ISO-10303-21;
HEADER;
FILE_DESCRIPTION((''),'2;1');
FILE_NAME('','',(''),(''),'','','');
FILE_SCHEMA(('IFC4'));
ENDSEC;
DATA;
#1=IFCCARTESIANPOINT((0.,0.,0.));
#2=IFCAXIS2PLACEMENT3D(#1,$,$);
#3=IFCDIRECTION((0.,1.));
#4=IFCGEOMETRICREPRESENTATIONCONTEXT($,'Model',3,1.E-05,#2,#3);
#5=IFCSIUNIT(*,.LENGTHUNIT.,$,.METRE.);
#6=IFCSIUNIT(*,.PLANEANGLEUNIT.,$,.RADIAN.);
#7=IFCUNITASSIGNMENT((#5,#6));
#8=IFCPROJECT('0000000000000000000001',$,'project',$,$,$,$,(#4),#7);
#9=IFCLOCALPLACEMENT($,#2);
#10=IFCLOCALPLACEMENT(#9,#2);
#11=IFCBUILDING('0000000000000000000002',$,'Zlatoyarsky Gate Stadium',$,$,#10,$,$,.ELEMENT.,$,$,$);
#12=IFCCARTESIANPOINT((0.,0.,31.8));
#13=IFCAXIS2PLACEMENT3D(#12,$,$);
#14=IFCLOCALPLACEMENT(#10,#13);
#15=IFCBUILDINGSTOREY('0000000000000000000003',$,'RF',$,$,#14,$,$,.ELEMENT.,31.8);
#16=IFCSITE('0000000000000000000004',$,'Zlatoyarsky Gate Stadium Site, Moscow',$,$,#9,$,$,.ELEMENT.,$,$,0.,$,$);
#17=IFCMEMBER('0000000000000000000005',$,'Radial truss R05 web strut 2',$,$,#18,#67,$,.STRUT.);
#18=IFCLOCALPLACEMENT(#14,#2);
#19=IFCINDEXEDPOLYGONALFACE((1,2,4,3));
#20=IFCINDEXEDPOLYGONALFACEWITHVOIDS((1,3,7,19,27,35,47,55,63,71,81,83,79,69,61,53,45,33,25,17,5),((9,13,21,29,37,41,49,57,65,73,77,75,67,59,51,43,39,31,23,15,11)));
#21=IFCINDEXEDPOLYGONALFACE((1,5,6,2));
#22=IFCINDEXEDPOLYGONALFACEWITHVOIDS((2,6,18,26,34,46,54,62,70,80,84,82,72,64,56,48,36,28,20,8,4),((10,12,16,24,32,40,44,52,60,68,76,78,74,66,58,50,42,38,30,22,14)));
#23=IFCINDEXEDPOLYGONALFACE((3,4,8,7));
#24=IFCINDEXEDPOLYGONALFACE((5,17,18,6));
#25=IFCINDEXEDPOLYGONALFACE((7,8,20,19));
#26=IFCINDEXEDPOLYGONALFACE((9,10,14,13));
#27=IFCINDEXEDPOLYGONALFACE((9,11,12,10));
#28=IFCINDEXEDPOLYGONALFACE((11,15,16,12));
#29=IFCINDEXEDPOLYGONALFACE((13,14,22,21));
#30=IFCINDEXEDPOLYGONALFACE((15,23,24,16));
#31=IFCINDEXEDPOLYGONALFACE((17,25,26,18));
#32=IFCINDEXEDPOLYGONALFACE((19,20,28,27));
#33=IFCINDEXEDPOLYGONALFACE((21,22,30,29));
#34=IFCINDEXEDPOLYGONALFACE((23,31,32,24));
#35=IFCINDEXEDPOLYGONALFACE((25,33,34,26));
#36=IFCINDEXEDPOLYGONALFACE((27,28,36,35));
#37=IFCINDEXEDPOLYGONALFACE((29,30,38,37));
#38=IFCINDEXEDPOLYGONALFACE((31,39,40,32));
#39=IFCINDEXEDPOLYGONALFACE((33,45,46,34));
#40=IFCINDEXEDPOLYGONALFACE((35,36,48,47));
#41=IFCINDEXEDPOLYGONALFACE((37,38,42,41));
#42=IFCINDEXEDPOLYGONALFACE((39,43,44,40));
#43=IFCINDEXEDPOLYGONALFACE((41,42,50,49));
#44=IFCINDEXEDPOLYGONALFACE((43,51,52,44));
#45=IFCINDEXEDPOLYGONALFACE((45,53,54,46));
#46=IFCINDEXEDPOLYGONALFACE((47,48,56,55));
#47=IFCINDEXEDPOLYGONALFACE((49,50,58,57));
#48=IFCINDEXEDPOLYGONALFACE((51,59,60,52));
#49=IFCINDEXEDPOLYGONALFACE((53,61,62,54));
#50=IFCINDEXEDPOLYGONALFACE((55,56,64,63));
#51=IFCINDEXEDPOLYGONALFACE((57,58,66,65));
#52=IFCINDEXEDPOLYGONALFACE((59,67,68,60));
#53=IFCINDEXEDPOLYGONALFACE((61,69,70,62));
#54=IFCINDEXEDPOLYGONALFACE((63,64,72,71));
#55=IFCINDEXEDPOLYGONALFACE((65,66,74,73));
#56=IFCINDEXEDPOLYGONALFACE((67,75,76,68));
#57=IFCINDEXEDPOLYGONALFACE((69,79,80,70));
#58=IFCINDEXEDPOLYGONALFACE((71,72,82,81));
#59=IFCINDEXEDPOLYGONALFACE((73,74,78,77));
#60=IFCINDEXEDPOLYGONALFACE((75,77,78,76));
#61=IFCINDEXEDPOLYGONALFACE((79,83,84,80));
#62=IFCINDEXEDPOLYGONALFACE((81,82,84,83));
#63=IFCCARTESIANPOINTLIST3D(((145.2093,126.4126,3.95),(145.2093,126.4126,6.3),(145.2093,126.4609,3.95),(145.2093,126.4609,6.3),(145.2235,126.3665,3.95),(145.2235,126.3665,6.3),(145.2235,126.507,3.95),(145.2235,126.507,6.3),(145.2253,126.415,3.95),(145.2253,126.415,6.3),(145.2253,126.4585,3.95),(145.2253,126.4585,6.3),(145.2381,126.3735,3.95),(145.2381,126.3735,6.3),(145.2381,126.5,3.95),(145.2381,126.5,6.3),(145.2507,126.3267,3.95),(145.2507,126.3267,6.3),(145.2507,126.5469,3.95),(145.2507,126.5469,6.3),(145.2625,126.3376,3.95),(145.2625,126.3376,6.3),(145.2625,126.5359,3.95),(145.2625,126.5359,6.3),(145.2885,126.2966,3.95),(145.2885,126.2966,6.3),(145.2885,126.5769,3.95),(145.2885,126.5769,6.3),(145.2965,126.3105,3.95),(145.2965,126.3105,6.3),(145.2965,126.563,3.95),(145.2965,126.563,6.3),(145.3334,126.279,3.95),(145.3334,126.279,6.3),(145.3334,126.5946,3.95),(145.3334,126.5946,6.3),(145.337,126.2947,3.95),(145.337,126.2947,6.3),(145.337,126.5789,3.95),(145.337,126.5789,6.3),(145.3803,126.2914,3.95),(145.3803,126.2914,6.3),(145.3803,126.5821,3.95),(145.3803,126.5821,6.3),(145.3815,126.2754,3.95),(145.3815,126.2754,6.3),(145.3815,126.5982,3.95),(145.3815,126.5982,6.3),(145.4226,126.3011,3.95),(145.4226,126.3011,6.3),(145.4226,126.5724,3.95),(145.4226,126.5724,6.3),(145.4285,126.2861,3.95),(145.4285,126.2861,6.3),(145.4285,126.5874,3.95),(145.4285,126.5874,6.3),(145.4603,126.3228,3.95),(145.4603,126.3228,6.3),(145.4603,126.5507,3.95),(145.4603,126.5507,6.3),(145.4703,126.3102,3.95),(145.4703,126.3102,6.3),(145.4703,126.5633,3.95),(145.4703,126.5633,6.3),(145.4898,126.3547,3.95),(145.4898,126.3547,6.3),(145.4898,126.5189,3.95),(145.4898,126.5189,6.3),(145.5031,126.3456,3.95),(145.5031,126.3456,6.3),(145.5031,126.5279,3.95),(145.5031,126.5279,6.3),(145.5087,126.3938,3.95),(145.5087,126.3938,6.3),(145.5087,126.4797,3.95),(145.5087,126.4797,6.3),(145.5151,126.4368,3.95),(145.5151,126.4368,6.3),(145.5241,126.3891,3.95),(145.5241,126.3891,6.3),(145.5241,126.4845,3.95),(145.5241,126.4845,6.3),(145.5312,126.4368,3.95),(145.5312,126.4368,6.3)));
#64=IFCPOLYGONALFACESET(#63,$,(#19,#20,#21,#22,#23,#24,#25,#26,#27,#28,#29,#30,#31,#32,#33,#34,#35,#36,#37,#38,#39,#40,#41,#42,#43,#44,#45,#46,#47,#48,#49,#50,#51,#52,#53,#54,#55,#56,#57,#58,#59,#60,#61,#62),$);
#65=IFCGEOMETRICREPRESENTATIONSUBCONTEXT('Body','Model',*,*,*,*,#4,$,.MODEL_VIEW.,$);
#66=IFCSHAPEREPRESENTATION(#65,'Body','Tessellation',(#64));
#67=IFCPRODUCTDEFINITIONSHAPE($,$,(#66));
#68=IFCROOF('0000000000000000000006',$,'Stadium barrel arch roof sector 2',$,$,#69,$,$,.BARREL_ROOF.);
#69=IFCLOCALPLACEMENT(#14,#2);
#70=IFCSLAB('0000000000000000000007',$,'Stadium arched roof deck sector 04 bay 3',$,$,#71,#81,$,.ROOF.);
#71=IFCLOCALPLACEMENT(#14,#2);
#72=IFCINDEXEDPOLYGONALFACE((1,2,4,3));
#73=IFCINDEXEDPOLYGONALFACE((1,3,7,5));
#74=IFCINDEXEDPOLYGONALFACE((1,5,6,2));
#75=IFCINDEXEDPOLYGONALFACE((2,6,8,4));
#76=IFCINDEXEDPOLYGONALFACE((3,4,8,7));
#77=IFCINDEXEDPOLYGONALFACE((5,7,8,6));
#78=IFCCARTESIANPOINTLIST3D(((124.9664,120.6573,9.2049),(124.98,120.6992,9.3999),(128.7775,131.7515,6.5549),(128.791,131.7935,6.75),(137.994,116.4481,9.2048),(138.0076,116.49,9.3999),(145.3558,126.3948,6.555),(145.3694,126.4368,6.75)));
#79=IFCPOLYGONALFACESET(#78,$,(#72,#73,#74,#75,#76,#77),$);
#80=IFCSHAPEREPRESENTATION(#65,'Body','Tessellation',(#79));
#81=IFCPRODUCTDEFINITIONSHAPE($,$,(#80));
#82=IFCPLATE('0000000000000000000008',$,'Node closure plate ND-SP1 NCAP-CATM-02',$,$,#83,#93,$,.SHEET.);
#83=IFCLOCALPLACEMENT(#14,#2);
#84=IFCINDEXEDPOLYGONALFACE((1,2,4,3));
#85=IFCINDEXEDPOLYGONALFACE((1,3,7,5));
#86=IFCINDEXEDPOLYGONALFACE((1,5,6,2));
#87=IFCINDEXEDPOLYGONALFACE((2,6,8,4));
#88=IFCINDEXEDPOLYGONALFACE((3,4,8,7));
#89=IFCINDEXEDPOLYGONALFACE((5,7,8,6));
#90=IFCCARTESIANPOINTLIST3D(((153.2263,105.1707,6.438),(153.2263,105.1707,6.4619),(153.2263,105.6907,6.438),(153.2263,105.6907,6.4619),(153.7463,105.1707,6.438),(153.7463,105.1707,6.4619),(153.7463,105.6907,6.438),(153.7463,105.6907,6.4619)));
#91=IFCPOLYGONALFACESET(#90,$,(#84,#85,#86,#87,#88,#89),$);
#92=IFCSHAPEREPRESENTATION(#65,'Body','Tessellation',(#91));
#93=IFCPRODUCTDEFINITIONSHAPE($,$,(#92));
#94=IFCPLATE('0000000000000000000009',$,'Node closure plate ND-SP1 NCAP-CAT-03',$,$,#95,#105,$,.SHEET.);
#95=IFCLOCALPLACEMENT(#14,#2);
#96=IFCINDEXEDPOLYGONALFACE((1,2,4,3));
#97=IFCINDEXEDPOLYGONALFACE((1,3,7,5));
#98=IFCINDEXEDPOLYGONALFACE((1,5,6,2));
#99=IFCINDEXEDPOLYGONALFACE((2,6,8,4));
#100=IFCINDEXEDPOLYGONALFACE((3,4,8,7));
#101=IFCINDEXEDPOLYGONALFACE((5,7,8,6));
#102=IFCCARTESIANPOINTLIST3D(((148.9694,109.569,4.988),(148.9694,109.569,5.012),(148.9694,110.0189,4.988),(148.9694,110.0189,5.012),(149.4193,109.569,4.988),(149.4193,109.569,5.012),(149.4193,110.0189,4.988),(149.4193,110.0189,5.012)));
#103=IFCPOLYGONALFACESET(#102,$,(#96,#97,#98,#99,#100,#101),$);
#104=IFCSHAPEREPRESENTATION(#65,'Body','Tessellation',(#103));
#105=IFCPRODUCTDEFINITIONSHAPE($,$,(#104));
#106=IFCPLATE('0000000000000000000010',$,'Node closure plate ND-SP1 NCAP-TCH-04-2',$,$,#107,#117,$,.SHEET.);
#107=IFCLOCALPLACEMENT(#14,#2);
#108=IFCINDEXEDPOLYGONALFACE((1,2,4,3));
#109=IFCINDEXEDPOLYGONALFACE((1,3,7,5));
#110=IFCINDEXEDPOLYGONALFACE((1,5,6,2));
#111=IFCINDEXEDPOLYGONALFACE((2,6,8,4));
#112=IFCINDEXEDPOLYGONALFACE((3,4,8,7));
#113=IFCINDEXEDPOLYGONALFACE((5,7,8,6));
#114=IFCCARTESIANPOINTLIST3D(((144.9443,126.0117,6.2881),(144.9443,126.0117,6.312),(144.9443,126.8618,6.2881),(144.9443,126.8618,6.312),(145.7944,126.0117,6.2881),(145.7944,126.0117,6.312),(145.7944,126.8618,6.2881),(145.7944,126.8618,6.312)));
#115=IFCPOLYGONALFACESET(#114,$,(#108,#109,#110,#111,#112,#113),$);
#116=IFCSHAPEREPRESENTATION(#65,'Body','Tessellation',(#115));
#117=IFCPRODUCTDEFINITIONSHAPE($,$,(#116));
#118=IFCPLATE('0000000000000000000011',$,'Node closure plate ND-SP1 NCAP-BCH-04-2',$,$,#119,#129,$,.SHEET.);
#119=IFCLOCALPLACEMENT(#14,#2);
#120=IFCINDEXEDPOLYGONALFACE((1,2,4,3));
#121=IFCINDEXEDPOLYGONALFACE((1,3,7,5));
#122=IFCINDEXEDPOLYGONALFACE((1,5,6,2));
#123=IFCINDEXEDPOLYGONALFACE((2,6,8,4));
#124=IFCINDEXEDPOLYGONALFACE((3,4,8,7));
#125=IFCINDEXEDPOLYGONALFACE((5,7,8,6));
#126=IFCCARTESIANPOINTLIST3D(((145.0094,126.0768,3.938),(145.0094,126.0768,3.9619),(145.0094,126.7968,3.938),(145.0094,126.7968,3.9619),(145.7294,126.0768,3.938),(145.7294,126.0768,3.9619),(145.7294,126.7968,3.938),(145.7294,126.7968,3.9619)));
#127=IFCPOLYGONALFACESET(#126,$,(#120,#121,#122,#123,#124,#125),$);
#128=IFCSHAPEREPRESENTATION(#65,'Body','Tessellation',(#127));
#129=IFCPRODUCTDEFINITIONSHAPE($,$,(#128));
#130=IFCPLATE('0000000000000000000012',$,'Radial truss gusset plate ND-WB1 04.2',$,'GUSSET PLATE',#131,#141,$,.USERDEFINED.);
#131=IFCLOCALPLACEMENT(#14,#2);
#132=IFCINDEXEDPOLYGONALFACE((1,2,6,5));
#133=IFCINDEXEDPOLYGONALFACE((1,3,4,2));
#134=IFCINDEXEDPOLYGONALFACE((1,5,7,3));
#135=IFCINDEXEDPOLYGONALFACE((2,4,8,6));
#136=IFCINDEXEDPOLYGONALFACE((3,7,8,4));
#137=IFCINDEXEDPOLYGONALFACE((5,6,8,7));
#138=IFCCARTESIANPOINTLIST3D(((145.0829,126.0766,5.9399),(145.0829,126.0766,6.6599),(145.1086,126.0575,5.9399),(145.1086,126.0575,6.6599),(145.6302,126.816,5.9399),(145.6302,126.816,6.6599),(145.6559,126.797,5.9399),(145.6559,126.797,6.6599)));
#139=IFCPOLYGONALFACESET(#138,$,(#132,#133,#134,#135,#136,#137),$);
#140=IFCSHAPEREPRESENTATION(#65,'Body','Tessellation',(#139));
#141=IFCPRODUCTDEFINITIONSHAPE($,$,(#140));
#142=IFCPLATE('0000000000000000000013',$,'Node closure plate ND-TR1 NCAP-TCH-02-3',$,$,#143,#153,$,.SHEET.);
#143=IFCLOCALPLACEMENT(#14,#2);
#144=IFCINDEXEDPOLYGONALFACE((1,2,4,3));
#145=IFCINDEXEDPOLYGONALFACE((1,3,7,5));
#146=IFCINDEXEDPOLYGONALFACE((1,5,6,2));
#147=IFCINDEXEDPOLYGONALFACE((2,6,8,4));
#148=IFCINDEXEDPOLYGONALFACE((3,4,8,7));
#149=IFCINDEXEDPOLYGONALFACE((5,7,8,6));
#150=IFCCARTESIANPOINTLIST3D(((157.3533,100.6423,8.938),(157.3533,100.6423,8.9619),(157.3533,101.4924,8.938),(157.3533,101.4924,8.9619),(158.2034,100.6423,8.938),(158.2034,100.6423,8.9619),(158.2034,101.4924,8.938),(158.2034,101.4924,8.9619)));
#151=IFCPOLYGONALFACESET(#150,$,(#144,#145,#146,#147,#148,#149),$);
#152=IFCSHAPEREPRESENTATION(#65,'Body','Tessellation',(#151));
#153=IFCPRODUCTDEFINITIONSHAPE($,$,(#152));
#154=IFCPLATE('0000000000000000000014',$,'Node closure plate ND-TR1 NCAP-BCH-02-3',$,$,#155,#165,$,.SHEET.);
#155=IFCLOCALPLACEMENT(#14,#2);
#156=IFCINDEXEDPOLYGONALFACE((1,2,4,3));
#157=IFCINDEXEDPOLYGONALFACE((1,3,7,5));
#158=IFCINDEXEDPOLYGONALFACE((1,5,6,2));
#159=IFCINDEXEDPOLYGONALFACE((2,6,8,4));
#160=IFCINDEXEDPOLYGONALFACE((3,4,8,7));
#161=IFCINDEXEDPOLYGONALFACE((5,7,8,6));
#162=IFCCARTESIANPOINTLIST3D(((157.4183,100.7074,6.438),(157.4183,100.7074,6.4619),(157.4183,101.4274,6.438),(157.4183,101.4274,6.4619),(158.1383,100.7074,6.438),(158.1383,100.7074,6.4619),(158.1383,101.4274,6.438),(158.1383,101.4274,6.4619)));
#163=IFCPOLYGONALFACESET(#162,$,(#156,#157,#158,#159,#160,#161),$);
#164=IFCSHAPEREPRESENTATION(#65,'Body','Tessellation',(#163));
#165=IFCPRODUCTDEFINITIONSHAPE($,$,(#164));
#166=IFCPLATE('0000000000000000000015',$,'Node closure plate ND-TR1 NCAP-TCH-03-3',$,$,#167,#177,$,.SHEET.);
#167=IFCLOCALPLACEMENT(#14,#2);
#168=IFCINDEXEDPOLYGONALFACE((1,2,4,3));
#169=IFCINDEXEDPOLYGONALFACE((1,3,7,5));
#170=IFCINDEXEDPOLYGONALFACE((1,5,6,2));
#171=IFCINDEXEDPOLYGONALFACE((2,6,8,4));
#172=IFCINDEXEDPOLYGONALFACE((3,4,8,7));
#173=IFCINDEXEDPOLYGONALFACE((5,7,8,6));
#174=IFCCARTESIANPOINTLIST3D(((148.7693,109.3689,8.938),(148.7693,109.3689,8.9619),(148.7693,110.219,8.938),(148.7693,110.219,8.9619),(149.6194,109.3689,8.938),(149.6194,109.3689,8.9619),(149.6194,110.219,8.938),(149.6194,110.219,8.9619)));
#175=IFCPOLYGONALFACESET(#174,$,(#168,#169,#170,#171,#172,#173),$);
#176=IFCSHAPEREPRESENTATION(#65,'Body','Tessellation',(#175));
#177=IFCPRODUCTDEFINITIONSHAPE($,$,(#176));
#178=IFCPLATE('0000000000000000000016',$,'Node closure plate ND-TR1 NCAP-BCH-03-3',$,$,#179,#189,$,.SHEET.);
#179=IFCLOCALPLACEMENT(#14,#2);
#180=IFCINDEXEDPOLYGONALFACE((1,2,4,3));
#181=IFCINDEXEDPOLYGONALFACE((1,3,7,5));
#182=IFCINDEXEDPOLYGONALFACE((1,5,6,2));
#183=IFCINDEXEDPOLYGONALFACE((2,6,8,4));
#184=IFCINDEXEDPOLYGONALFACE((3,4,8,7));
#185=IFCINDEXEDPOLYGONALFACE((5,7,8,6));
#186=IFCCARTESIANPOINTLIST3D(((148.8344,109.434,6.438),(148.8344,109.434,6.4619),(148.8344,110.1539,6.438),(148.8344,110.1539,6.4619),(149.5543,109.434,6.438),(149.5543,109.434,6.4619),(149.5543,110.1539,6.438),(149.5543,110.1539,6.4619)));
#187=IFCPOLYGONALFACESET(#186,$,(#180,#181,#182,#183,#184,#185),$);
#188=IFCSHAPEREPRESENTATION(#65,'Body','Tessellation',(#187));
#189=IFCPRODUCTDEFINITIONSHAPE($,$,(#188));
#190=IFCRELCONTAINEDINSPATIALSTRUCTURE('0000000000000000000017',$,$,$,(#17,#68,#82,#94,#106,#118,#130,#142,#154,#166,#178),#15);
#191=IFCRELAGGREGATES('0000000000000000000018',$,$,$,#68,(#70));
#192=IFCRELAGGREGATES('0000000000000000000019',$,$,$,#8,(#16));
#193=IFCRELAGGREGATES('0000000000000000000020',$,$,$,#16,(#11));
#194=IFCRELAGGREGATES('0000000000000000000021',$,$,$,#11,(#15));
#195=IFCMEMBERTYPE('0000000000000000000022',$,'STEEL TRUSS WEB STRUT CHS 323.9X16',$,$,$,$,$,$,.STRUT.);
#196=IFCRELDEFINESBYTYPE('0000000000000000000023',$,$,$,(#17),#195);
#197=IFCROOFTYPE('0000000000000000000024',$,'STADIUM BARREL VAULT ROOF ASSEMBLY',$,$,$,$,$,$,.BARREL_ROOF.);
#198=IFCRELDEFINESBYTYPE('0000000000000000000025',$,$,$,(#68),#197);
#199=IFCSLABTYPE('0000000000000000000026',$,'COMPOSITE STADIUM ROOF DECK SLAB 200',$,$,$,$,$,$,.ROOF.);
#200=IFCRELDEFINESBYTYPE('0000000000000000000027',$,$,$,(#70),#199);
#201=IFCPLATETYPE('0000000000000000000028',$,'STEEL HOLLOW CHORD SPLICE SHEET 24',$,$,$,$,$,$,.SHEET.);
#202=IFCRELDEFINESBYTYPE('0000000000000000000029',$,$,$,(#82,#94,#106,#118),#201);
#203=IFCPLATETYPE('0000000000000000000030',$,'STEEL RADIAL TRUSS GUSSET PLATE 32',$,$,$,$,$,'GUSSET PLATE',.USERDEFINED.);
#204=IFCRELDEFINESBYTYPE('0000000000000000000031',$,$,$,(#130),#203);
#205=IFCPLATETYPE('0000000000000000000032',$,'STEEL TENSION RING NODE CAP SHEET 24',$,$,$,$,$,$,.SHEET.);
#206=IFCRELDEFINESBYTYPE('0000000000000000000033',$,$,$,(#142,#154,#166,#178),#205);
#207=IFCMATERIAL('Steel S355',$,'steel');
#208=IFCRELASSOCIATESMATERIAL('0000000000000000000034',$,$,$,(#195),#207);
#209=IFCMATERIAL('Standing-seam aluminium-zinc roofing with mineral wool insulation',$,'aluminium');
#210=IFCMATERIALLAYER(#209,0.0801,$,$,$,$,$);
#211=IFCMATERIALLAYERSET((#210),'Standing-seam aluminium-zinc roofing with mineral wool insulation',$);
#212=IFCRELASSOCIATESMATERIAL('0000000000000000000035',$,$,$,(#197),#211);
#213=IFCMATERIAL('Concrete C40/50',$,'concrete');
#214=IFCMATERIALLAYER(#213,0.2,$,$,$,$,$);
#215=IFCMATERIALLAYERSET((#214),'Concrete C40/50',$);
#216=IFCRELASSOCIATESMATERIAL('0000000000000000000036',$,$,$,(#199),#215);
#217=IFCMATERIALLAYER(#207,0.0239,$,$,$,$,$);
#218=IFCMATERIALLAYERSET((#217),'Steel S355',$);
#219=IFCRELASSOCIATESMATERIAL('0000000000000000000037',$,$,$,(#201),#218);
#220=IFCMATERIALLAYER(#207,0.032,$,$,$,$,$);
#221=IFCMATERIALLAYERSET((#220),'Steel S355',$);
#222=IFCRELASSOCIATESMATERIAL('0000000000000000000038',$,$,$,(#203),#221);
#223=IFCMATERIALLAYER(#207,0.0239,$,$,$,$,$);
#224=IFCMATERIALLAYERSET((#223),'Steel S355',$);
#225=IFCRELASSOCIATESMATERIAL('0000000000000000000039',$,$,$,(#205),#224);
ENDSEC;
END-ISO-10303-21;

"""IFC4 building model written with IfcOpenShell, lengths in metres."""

from ifc_helpers import new_model, si_unit, direction, frame, origin, origin_2d, place, context, subcontext, project, spatial, polyline, rectangle, hollow_circle, outline, extrude, material, layer, layer_set, material_profile, profile_set, type_object, element, aggregate, save


model = new_model("IFC4")

# Units and contexts
model_context = context("Model", 3, precision=1e-05, world=origin(), true_north=direction((0.0, 1.0)))
body_context = subcontext(model_context, "Body", "Model", "MODEL_VIEW")
ifc_project = project(units=[si_unit("LENGTHUNIT", "METRE"), si_unit("PLANEANGLEUNIT", "RADIAN")], contexts=[model_context])

# Site, building, storey
site_placement = place(None, origin())
site = spatial("IfcSite", under=ifc_project, at=site_placement, Name="Zlatoyarsky Gate Stadium Site, Moscow", CompositionType="ELEMENT", RefElevation=0.0)
building_placement = place(site_placement, origin())
building = spatial("IfcBuilding", under=site, at=building_placement, Name="Zlatoyarsky Gate Stadium", CompositionType="ELEMENT")
storey_placement = place(building_placement, frame((0.0, 0.0, 31.8)))
storey = spatial("IfcBuildingStorey", under=building, at=storey_placement, Name="RF", CompositionType="ELEMENT", Elevation=31.8)

# Shared definitions
ifc_material_1 = material(Name="Steel S355", Category="steel")

# Member
ifc_material_profile_1 = material_profile(ifc_material_1, hollow_circle(Radius=0.1619, WallThickness=0.0161, at=origin_2d()), Name="CHS 323.9X16")
ifc_profile_set_1 = profile_set([ifc_material_profile_1], Name="Steel S355")
member_type_1 = type_object("IfcMemberType", Name="STEEL TRUSS WEB STRUT CHS 323.9X16", PredefinedType="STRUT", material=ifc_profile_set_1)
member_1_placement = place(storey_placement, frame((145.3694, 126.4368, 3.95), z_axis=(0.0, 0.0, 1.0), x_axis=(1.0, 0.0, 0.0)))
element("IfcMember", 1, at=member_1_placement, inside=storey, type_object=member_type_1, Name="Radial truss R05 web strut 2", PredefinedType="STRUT", context=body_context, shape_type="SweptSolid", body=[
    extrude(hollow_circle(Radius=0.1619, WallThickness=0.0161, at=origin_2d()), origin(), (0.0, 0.0, 1.0), 2.3501),
])

# Roof, slab
ifc_material_2 = material(Name="Standing-seam aluminium-zinc roofing with mineral wool insulation", Category="aluminium")
ifc_layer_1 = layer(ifc_material_2, 0.0801)
ifc_layer_set_1 = layer_set([ifc_layer_1], Name="Standing-seam aluminium-zinc roofing with mineral wool insulation")
roof_type = type_object("IfcRoofType", Name="STADIUM BARREL VAULT ROOF ASSEMBLY", PredefinedType="BARREL_ROOF", material=ifc_layer_set_1)
roof_placement = place(storey_placement, origin())
roof = element("IfcRoof", 2, at=roof_placement, inside=storey, type_object=roof_type, Name="Stadium barrel arch roof sector 2", PredefinedType="BARREL_ROOF")
ifc_material_3 = material(Name="Concrete C40/50", Category="concrete")
ifc_layer_2 = layer(ifc_material_3, 0.2)
ifc_layer_set_2 = layer_set([ifc_layer_2], Name="Concrete C40/50")
slab_type = type_object("IfcSlabType", Name="COMPOSITE STADIUM ROOF DECK SLAB 200", PredefinedType="ROOF", material=ifc_layer_set_2)
slab_placement = place(storey_placement, frame((145.3694, 126.4368, 6.75), z_axis=(0.067758, 0.209707, 0.975414), x_axis=(-0.951561, 0.307461, -0.000001)))
slab = element("IfcSlab", 3, at=slab_placement, type_object=slab_type, Name="Stadium arched roof deck sector 04 bay 3", PredefinedType="ROOF", context=body_context, shape_type="SweptSolid", body=[
    extrude(outline(polyline([(0.0, 0.0), (17.4223, 0.0), (17.6377, 12.0242), (3.947, 12.0241), (0.0, 0.0)])), origin(), (0.0, 0.0, -1.0), 0.2),
])
aggregate(roof, [slab])

# Plates
ifc_layer_3 = layer(ifc_material_1, 0.0239)
ifc_layer_set_3 = layer_set([ifc_layer_3], Name="Steel S355")
plate_type_1 = type_object("IfcPlateType", Name="STEEL HOLLOW CHORD SPLICE SHEET 24", PredefinedType="SHEET", material=ifc_layer_set_3)
plate_1_placement = place(storey_placement, frame((153.4863, 105.4307, 6.438), z_axis=(0.0, 0.0, 1.0), x_axis=(1.0, 0.0, 0.0)))
element("IfcPlate", 4, at=plate_1_placement, inside=storey, type_object=plate_type_1, Name="Node closure plate ND-SP1 NCAP-CATM-02", PredefinedType="SHEET", context=body_context, shape_type="SweptSolid", body=[
    extrude(rectangle(XDim=0.52, YDim=0.52, at=origin_2d()), origin(), (0.0, 0.0, 1.0), 0.0239),
])
plate_2_placement = place(storey_placement, frame((149.1943, 109.7939, 4.988), z_axis=(0.0, 0.0, 1.0), x_axis=(1.0, 0.0, 0.0)))
element("IfcPlate", 5, at=plate_2_placement, inside=storey, type_object=plate_type_1, Name="Node closure plate ND-SP1 NCAP-CAT-03", PredefinedType="SHEET", context=body_context, shape_type="SweptSolid", body=[
    extrude(rectangle(XDim=0.45, YDim=0.45, at=origin_2d()), origin(), (0.0, 0.0, 1.0), 0.0239),
])
plate_3_placement = place(storey_placement, frame((145.3694, 126.4368, 6.2881), z_axis=(0.0, 0.0, 1.0), x_axis=(1.0, 0.0, 0.0)))
element("IfcPlate", 6, at=plate_3_placement, inside=storey, type_object=plate_type_1, Name="Node closure plate ND-SP1 NCAP-TCH-04-2", PredefinedType="SHEET", context=body_context, shape_type="SweptSolid", body=[
    extrude(rectangle(XDim=0.8501, YDim=0.8501, at=origin_2d()), origin(), (0.0, 0.0, 1.0), 0.0239),
])
plate_4_placement = place(storey_placement, frame((145.3694, 126.4368, 3.938), z_axis=(0.0, 0.0, 1.0), x_axis=(1.0, 0.0, 0.0)))
element("IfcPlate", 7, at=plate_4_placement, inside=storey, type_object=plate_type_1, Name="Node closure plate ND-SP1 NCAP-BCH-04-2", PredefinedType="SHEET", context=body_context, shape_type="SweptSolid", body=[
    extrude(rectangle(XDim=0.72, YDim=0.72, at=origin_2d()), origin(), (0.0, 0.0, 1.0), 0.0239),
])
ifc_layer_4 = layer(ifc_material_1, 0.032)
ifc_layer_set_4 = layer_set([ifc_layer_4], Name="Steel S355")
plate_type_2 = type_object("IfcPlateType", Name="STEEL RADIAL TRUSS GUSSET PLATE 32", ElementType="GUSSET PLATE", PredefinedType="USERDEFINED", material=ifc_layer_set_4)
plate_5_placement = place(storey_placement, frame((145.3694, 126.4368, 5.9399), z_axis=(0.0, 0.0, 1.0), x_axis=(-0.594913, -0.80379, 0.0)))
element("IfcPlate", 8, at=plate_5_placement, inside=storey, type_object=plate_type_2, Name="Radial truss gusset plate ND-WB1 04.2", ObjectType="GUSSET PLATE", PredefinedType="USERDEFINED", context=body_context, shape_type="SweptSolid", body=[
    extrude(rectangle(XDim=0.9199, YDim=0.032, at=origin_2d()), origin(), (0.0, 0.0, 1.0), 0.72),
])
ifc_layer_5 = layer(ifc_material_1, 0.0239)
ifc_layer_set_5 = layer_set([ifc_layer_5], Name="Steel S355")
plate_type_3 = type_object("IfcPlateType", Name="STEEL TENSION RING NODE CAP SHEET 24", PredefinedType="SHEET", material=ifc_layer_set_5)
plate_6_placement = place(storey_placement, frame((157.7783, 101.0674, 8.938), z_axis=(0.0, 0.0, 1.0), x_axis=(1.0, 0.0, 0.0)))
element("IfcPlate", 9, at=plate_6_placement, inside=storey, type_object=plate_type_3, Name="Node closure plate ND-TR1 NCAP-TCH-02-3", PredefinedType="SHEET", context=body_context, shape_type="SweptSolid", body=[
    extrude(rectangle(XDim=0.8501, YDim=0.8501, at=origin_2d()), origin(), (0.0, 0.0, 1.0), 0.0239),
])
plate_7_placement = place(storey_placement, frame((157.7783, 101.0674, 6.438), z_axis=(0.0, 0.0, 1.0), x_axis=(1.0, 0.0, 0.0)))
element("IfcPlate", 10, at=plate_7_placement, inside=storey, type_object=plate_type_3, Name="Node closure plate ND-TR1 NCAP-BCH-02-3", PredefinedType="SHEET", context=body_context, shape_type="SweptSolid", body=[
    extrude(rectangle(XDim=0.72, YDim=0.72, at=origin_2d()), origin(), (0.0, 0.0, 1.0), 0.0239),
])
plate_8_placement = place(storey_placement, frame((149.1943, 109.7939, 8.938), z_axis=(0.0, 0.0, 1.0), x_axis=(1.0, 0.0, 0.0)))
element("IfcPlate", 11, at=plate_8_placement, inside=storey, type_object=plate_type_3, Name="Node closure plate ND-TR1 NCAP-TCH-03-3", PredefinedType="SHEET", context=body_context, shape_type="SweptSolid", body=[
    extrude(rectangle(XDim=0.8501, YDim=0.8501, at=origin_2d()), origin(), (0.0, 0.0, 1.0), 0.0239),
])
plate_9_placement = place(storey_placement, frame((149.1943, 109.7939, 6.438), z_axis=(0.0, 0.0, 1.0), x_axis=(1.0, 0.0, 0.0)))
element("IfcPlate", 12, at=plate_9_placement, inside=storey, type_object=plate_type_3, Name="Node closure plate ND-TR1 NCAP-BCH-03-3", PredefinedType="SHEET", context=body_context, shape_type="SweptSolid", body=[
    extrude(rectangle(XDim=0.72, YDim=0.72, at=origin_2d()), origin(), (0.0, 0.0, 1.0), 0.0239),
])

save(model, "model.ifc")
